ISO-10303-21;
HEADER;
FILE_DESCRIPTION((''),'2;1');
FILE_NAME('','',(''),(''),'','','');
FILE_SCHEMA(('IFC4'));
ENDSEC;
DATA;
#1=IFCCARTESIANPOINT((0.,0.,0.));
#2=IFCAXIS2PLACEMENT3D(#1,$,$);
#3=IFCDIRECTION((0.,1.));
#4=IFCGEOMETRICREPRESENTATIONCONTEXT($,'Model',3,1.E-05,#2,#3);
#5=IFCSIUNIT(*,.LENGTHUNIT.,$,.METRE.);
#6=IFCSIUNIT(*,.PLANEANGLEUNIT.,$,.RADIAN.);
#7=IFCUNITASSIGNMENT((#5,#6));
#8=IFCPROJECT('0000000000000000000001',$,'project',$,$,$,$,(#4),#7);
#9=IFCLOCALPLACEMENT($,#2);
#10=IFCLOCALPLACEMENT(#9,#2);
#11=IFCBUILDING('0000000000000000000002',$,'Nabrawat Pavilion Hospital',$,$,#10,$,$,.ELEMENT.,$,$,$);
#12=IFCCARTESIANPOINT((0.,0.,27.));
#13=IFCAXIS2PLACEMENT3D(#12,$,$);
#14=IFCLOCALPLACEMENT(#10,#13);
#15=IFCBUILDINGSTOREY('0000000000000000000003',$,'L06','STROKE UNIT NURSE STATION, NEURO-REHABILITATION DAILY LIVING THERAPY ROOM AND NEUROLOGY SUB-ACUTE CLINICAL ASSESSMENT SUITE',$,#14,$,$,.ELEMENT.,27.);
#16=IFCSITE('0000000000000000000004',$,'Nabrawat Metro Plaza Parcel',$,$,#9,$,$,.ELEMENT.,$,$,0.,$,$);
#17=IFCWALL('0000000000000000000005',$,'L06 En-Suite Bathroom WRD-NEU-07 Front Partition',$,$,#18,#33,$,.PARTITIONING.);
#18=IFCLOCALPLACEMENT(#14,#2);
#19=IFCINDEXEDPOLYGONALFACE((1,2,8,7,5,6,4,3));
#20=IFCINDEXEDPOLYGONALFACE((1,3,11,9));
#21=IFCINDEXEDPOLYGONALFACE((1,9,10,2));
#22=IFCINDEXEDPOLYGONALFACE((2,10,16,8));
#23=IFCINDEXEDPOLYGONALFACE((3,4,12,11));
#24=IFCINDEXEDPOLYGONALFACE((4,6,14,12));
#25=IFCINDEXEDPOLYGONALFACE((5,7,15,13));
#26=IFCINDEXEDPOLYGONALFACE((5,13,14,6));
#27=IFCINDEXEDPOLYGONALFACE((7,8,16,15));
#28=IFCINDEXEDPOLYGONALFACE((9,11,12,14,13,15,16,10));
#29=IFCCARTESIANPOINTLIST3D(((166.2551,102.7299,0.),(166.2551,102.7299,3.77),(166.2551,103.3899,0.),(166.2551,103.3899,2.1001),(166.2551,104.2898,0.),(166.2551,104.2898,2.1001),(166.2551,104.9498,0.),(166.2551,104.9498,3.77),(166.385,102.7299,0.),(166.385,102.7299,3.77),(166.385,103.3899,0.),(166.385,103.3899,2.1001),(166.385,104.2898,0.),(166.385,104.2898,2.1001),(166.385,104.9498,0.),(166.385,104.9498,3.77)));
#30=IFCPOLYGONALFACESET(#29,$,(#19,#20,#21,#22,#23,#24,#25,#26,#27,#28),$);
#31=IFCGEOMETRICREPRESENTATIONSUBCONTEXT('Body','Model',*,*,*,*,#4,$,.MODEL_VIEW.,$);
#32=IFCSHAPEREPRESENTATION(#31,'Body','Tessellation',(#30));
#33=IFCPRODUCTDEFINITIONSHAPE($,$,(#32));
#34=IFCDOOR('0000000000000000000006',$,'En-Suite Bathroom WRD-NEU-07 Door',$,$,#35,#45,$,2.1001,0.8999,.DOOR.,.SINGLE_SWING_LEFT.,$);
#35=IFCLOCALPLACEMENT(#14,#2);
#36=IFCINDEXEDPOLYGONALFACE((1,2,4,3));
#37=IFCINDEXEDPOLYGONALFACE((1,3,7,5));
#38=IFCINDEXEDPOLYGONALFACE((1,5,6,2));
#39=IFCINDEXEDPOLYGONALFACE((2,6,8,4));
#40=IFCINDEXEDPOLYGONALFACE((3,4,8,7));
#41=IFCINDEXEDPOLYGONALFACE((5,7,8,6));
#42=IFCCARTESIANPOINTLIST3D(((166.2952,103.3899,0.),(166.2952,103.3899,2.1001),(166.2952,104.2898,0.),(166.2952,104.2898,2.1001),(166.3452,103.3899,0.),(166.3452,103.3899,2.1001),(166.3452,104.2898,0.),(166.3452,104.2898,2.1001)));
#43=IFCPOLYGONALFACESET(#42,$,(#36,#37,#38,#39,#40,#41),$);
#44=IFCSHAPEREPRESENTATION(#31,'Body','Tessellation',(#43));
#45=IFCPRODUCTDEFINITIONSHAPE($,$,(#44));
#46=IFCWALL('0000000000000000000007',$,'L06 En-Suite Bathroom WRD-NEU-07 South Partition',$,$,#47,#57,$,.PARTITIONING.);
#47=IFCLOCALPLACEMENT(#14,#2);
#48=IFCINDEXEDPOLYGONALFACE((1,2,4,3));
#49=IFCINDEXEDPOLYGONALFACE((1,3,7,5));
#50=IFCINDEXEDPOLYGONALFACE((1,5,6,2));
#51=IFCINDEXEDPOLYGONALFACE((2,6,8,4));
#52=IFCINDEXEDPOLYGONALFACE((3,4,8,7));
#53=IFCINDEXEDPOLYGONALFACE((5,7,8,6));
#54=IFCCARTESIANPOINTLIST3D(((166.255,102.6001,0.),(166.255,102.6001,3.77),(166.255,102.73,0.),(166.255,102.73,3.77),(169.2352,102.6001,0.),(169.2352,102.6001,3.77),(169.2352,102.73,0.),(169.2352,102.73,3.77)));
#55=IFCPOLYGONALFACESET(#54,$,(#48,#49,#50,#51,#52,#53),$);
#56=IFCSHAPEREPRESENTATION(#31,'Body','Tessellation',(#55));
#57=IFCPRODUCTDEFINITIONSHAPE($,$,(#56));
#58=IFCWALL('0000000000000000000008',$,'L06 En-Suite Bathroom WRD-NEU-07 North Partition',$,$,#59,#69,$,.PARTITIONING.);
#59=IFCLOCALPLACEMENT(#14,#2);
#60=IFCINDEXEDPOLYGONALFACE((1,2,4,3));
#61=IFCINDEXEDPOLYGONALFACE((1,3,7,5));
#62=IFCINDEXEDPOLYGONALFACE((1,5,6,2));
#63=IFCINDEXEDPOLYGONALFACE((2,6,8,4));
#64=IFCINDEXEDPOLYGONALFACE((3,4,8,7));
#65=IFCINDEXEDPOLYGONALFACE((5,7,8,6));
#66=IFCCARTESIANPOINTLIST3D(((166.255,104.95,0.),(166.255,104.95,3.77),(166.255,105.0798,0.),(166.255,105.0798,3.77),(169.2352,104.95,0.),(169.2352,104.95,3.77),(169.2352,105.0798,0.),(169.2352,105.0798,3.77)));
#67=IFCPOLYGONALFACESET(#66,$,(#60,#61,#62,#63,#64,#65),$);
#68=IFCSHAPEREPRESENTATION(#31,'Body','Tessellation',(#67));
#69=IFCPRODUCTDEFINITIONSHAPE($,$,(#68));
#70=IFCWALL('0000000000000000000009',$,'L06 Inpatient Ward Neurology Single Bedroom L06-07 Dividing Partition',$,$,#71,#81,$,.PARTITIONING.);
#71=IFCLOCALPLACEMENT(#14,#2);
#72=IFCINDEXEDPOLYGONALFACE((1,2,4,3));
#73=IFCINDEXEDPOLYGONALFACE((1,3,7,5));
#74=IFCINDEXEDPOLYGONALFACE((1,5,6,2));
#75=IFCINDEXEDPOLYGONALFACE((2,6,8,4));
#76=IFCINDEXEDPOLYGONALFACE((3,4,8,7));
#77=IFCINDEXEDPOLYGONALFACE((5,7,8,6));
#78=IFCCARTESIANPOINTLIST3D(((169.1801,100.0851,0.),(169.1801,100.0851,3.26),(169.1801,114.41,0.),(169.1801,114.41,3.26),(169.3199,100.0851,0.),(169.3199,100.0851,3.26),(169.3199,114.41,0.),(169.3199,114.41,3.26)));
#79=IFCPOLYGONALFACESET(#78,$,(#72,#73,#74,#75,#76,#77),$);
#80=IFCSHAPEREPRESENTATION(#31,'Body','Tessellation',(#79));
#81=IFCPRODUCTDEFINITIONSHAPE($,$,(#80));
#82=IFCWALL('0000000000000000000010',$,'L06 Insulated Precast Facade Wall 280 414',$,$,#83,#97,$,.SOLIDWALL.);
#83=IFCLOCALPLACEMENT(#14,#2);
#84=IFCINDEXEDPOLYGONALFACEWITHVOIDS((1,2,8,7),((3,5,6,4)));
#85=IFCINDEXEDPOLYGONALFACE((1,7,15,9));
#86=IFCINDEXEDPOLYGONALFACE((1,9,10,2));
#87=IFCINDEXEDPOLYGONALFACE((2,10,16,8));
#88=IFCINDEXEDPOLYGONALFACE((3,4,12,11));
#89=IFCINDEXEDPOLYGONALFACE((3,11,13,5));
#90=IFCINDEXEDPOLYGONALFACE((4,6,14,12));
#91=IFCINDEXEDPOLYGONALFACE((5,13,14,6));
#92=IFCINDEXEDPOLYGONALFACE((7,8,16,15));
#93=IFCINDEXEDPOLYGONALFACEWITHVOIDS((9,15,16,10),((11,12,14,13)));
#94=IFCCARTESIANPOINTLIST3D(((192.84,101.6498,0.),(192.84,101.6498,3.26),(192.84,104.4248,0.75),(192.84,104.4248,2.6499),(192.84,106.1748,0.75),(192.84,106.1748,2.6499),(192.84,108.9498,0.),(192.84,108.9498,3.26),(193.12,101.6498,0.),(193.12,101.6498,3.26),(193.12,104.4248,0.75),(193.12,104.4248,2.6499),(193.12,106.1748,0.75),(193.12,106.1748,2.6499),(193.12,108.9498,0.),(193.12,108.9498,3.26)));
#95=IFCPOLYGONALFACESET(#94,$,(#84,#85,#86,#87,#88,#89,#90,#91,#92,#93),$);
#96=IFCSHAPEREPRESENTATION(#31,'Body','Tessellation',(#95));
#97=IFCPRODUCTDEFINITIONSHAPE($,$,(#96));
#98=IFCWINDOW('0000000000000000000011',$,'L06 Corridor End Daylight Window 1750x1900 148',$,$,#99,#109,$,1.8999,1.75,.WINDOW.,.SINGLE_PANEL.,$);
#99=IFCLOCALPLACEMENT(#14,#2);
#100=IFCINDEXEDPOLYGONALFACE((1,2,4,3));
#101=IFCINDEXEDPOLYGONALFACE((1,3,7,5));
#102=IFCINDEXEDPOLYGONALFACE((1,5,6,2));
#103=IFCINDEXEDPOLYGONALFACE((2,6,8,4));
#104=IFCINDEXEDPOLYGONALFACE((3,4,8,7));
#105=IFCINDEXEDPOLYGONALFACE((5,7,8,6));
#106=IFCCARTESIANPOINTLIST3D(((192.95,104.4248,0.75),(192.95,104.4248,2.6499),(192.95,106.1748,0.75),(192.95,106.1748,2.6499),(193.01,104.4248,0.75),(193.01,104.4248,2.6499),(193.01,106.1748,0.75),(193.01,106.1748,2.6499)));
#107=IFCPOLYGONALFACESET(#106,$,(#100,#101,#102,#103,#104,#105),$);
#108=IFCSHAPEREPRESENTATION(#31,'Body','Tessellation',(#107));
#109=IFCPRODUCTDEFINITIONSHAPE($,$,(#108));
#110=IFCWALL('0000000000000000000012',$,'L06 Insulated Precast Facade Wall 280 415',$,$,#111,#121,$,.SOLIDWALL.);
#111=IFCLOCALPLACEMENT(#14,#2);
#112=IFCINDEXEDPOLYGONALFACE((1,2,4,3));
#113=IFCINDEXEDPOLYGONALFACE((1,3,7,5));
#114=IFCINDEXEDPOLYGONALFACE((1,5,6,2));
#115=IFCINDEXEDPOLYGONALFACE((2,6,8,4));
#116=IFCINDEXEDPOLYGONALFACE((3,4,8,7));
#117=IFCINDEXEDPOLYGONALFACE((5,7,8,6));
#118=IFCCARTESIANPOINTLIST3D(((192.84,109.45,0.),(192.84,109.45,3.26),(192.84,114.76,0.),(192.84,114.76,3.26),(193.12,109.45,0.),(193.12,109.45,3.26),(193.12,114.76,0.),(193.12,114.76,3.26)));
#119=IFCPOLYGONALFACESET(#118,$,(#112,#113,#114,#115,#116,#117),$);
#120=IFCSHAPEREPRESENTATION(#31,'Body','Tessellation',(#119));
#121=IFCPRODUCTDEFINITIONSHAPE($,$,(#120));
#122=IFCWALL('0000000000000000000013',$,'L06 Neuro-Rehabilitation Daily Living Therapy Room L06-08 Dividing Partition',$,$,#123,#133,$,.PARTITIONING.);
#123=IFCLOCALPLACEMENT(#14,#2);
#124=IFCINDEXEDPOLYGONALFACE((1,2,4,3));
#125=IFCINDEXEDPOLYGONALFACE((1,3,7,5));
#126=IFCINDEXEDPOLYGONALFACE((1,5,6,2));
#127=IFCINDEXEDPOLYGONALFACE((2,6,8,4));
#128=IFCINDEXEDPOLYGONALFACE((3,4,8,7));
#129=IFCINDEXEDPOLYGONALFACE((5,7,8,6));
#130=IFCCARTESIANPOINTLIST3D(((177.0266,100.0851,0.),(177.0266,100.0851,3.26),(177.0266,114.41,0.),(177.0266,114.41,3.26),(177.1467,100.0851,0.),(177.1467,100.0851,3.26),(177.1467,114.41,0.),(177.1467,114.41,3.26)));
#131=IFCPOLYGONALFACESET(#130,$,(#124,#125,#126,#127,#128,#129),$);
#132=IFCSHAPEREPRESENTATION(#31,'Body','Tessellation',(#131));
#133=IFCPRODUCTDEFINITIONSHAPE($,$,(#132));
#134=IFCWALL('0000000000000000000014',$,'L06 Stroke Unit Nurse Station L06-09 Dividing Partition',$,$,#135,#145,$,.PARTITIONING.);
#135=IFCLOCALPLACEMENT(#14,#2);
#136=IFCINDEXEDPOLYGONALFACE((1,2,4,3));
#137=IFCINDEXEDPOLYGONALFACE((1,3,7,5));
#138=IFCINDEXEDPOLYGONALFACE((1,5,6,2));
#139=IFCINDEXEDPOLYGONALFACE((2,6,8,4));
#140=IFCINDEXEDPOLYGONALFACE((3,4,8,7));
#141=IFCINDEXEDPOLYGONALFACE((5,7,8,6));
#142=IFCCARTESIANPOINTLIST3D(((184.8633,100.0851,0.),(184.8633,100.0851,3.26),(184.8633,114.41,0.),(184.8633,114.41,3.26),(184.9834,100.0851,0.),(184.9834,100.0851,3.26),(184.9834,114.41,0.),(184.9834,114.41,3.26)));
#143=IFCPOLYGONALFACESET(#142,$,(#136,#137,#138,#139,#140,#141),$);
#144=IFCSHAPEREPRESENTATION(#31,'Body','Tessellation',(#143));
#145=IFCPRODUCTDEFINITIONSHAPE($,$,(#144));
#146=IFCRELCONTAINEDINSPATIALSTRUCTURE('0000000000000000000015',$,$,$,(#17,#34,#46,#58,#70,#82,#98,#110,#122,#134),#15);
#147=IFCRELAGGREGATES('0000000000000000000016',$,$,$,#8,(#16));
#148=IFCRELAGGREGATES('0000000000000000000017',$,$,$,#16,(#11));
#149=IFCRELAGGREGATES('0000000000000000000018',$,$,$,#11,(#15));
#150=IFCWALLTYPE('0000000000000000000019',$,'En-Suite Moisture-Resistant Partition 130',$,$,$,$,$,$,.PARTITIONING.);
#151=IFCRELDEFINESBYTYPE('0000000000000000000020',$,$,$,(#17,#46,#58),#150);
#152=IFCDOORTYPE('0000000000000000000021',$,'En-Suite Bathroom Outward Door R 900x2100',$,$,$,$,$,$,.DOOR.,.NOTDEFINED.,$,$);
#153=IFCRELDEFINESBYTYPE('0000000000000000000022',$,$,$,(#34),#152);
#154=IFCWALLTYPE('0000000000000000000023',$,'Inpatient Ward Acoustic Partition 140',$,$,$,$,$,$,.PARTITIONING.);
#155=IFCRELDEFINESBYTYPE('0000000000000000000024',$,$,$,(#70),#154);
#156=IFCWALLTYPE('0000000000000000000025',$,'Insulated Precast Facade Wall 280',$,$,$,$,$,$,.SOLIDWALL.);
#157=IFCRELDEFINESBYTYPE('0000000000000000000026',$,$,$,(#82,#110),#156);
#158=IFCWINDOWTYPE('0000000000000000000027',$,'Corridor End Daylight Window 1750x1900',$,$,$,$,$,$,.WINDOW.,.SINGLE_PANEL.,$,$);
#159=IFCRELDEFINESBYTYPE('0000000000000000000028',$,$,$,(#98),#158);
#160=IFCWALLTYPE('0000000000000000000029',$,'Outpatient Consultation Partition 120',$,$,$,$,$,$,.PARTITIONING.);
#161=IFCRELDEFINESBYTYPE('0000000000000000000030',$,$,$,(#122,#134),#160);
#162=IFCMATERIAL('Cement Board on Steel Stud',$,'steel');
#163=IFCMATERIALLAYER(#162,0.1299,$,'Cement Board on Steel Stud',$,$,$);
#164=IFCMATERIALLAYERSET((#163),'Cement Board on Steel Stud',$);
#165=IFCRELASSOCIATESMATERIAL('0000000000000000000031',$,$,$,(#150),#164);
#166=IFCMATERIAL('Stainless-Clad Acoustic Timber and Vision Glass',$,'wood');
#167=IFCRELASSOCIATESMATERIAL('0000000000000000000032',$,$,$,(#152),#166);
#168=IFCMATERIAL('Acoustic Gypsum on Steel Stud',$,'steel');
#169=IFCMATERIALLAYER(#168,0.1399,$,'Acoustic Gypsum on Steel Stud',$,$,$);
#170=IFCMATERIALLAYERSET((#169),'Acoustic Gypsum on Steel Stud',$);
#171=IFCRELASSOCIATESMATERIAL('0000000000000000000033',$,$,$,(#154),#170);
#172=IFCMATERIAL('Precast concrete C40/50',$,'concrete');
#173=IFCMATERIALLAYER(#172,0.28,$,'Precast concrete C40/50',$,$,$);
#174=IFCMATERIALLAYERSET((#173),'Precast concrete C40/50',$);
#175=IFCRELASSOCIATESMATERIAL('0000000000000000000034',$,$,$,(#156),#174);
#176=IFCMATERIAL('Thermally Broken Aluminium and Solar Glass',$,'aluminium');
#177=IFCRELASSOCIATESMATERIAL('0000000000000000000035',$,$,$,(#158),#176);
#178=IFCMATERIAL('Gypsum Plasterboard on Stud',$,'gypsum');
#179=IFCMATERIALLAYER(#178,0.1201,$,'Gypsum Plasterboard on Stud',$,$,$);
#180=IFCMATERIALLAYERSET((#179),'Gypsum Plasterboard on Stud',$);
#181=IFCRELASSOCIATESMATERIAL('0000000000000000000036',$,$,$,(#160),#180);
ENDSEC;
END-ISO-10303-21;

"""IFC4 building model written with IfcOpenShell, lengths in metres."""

from ifc_helpers import new_model, si_unit, direction, frame, frame_2d, origin, place, context, subcontext, project, spatial, rectangle, extrude, material, layer, layer_set, type_object, element, fill, save


model = new_model("IFC4")

# Units and contexts
model_context = context("Model", 3, precision=1e-05, world=origin(), true_north=direction((0.0, 1.0)))
body_context = subcontext(model_context, "Body", "Model", "MODEL_VIEW")
ifc_project = project(units=[si_unit("LENGTHUNIT", "METRE"), si_unit("PLANEANGLEUNIT", "RADIAN")], contexts=[model_context])

# Site, building, storey
site_placement = place(None, origin())
site = spatial("IfcSite", under=ifc_project, at=site_placement, Name="Nabrawat Metro Plaza Parcel", CompositionType="ELEMENT", RefElevation=0.0)
building_placement = place(site_placement, origin())
building = spatial("IfcBuilding", under=site, at=building_placement, Name="Nabrawat Pavilion Hospital", CompositionType="ELEMENT")
storey_placement = place(building_placement, frame((0.0, 0.0, 27.0)))
storey = spatial("IfcBuildingStorey", under=building, at=storey_placement, Name="L06", Description="STROKE UNIT NURSE STATION, NEURO-REHABILITATION DAILY LIVING THERAPY ROOM AND NEUROLOGY SUB-ACUTE CLINICAL ASSESSMENT SUITE", CompositionType="ELEMENT", Elevation=27.0)

# Wall, opening, door
ifc_material_1 = material(Name="Stainless-Clad Acoustic Timber and Vision Glass", Category="wood")
ifc_material_2 = material(Name="Cement Board on Steel Stud", Category="steel")
ifc_layer_1 = layer(ifc_material_2, 0.1299, Name="Cement Board on Steel Stud")
ifc_layer_set_1 = layer_set([ifc_layer_1], Name="Cement Board on Steel Stud")
wall_type_1 = type_object("IfcWallType", Name="En-Suite Moisture-Resistant Partition 130", PredefinedType="PARTITIONING", material=ifc_layer_set_1)
wall_1_placement = place(storey_placement, frame((166.3201, 102.73, 0.0), z_axis=(0.0, 0.0, 1.0), x_axis=(0.0, 1.0, 0.0)))
wall_1 = element("IfcWall", 1, at=wall_1_placement, inside=storey, type_object=wall_type_1, Name="L06 En-Suite Bathroom WRD-NEU-07 Front Partition", PredefinedType="PARTITIONING", context=body_context, shape_type="SweptSolid", body=[
    extrude(rectangle(XDim=2.22, YDim=0.1299, at=frame_2d((1.1099, 0.0))), origin(), (0.0, 0.0, 1.0), 3.77),
])
opening_1_placement = place(wall_1_placement, frame((0.6599, 0.0, 0.0)))
opening_1 = element("IfcOpeningElement", 2, at=opening_1_placement, cuts=wall_1, PredefinedType="OPENING", context=body_context, shape_type="SweptSolid", body=[
    extrude(rectangle(XDim=0.8999, YDim=2.1001, at=frame_2d((0.45, 1.05))), frame((0.0, 0.075, 0.0), z_axis=(0.0, -1.0, 0.0), x_axis=(1.0, 0.0, 0.0)), (0.0, 0.0, 1.0), 0.1499),
])
door_type_1 = type_object("IfcDoorType", Name="En-Suite Bathroom Outward Door R 900x2100", OperationType="NOTDEFINED", PredefinedType="DOOR", material=ifc_material_1)
door_1_placement = place(opening_1_placement, origin())
door_1 = element("IfcDoor", 3, at=door_1_placement, inside=storey, type_object=door_type_1, Name="En-Suite Bathroom WRD-NEU-07 Door", OperationType="SINGLE_SWING_LEFT", OverallHeight=2.1001, OverallWidth=0.8999, PredefinedType="DOOR", context=body_context, shape_type="SweptSolid", body=[
    extrude(rectangle(XDim=0.8999, YDim=2.1001, at=frame_2d((0.45, 1.05))), frame((0.0, 0.0249, 0.0), z_axis=(0.0, -1.0, 0.0), x_axis=(1.0, 0.0, 0.0)), (0.0, 0.0, 1.0), 0.05),
])
fill(opening_1, door_1)

# Walls
for number, where, z_axis, x_axis, name in (
    (4, (166.2549, 102.665, 0.0), (0.0, 0.0, 1.0), (1.0, 0.0, 0.0), "L06 En-Suite Bathroom WRD-NEU-07 South Partition"),
    (5, (166.2549, 105.0149, 0.0), (0.0, 0.0, 1.0), (1.0, 0.0, 0.0), "L06 En-Suite Bathroom WRD-NEU-07 North Partition"),
):
    element("IfcWall", number, at=place(storey_placement, frame(where, z_axis=z_axis, x_axis=x_axis)), inside=storey, type_object=wall_type_1, Name=name, PredefinedType="PARTITIONING", context=body_context, shape_type="SweptSolid", body=[
        extrude(rectangle(XDim=2.9802, YDim=0.1299, at=frame_2d((1.4902, 0.0))), origin(), (0.0, 0.0, 1.0), 3.77),
    ])
ifc_material_3 = material(Name="Acoustic Gypsum on Steel Stud", Category="steel")
ifc_layer_2 = layer(ifc_material_3, 0.1399, Name="Acoustic Gypsum on Steel Stud")
ifc_layer_set_2 = layer_set([ifc_layer_2], Name="Acoustic Gypsum on Steel Stud")
wall_type_2 = type_object("IfcWallType", Name="Inpatient Ward Acoustic Partition 140", PredefinedType="PARTITIONING", material=ifc_layer_set_2)
wall_2_placement = place(storey_placement, frame((169.25, 100.085, 0.0), z_axis=(0.0, 0.0, 1.0), x_axis=(0.0, 1.0, 0.0)))
element("IfcWall", 6, at=wall_2_placement, inside=storey, type_object=wall_type_2, Name="L06 Inpatient Ward Neurology Single Bedroom L06-07 Dividing Partition", PredefinedType="PARTITIONING", context=body_context, shape_type="SweptSolid", body=[
    extrude(rectangle(XDim=14.325, YDim=0.1399, at=frame_2d((7.1626, 0.0))), origin(), (0.0, 0.0, 1.0), 3.26),
])

# Wall, opening, window
ifc_material_4 = material(Name="Precast concrete C40/50", Category="concrete")
ifc_layer_3 = layer(ifc_material_4, 0.28, Name="Precast concrete C40/50")
ifc_layer_set_3 = layer_set([ifc_layer_3], Name="Precast concrete C40/50")
wall_type_3 = type_object("IfcWallType", Name="Insulated Precast Facade Wall 280", PredefinedType="SOLIDWALL", material=ifc_layer_set_3)
wall_3_placement = place(storey_placement, frame((192.98, 101.6499, 0.0), z_axis=(0.0, 0.0, 1.0), x_axis=(0.0, 1.0, 0.0)))
wall_3 = element("IfcWall", 7, at=wall_3_placement, inside=storey, type_object=wall_type_3, Name="L06 Insulated Precast Facade Wall 280 414", PredefinedType="SOLIDWALL", context=body_context, shape_type="SweptSolid", body=[
    extrude(rectangle(XDim=7.3, YDim=0.28, at=frame_2d((3.6499, 0.0))), origin(), (0.0, 0.0, 1.0), 3.26),
])
opening_2_placement = place(wall_3_placement, frame((2.7749, 0.0, 0.75)))
opening_2 = element("IfcOpeningElement", 8, at=opening_2_placement, cuts=wall_3, PredefinedType="OPENING", context=body_context, shape_type="SweptSolid", body=[
    extrude(rectangle(XDim=1.75, YDim=1.8999, at=frame_2d((0.875, 0.95))), frame((0.0, 0.1499, 0.0), z_axis=(0.0, -1.0, 0.0), x_axis=(1.0, 0.0, 0.0)), (0.0, 0.0, 1.0), 0.3),
])
ifc_material_5 = material(Name="Thermally Broken Aluminium and Solar Glass", Category="aluminium")
window_type = type_object("IfcWindowType", Name="Corridor End Daylight Window 1750x1900", PartitioningType="SINGLE_PANEL", PredefinedType="WINDOW", material=ifc_material_5)
window_placement = place(opening_2_placement, origin())
window = element("IfcWindow", 9, at=window_placement, inside=storey, type_object=window_type, Name="L06 Corridor End Daylight Window 1750x1900 148", OverallHeight=1.8999, OverallWidth=1.75, PartitioningType="SINGLE_PANEL", PredefinedType="WINDOW", context=body_context, shape_type="SweptSolid", body=[
    extrude(rectangle(XDim=1.75, YDim=1.8999, at=frame_2d((0.875, 0.95))), frame((0.0, 0.03, 0.0), z_axis=(0.0, -1.0, 0.0), x_axis=(1.0, 0.0, 0.0)), (0.0, 0.0, 1.0), 0.0601),
])
fill(opening_2, window)

# Walls
wall_4_placement = place(storey_placement, frame((192.98, 109.45, 0.0), z_axis=(0.0, 0.0, 1.0), x_axis=(0.0, 1.0, 0.0)))
element("IfcWall", 10, at=wall_4_placement, inside=storey, type_object=wall_type_3, Name="L06 Insulated Precast Facade Wall 280 415", PredefinedType="SOLIDWALL", context=body_context, shape_type="SweptSolid", body=[
    extrude(rectangle(XDim=5.3101, YDim=0.28, at=frame_2d((2.655, 0.0))), origin(), (0.0, 0.0, 1.0), 3.26),
])
ifc_material_6 = material(Name="Gypsum Plasterboard on Stud", Category="gypsum")
ifc_layer_4 = layer(ifc_material_6, 0.1201, Name="Gypsum Plasterboard on Stud")
ifc_layer_set_4 = layer_set([ifc_layer_4], Name="Gypsum Plasterboard on Stud")
wall_type_4 = type_object("IfcWallType", Name="Outpatient Consultation Partition 120", PredefinedType="PARTITIONING", material=ifc_layer_set_4)
for number, where, z_axis, x_axis, name in (
    (11, (177.0867, 100.085, 0.0), (0.0, 0.0, 1.0), (0.0, 1.0, 0.0), "L06 Neuro-Rehabilitation Daily Living Therapy Room L06-08 Dividing Partition"),
    (12, (184.9233, 100.085, 0.0), (0.0, 0.0, 1.0), (0.0, 1.0, 0.0), "L06 Stroke Unit Nurse Station L06-09 Dividing Partition"),
):
    element("IfcWall", number, at=place(storey_placement, frame(where, z_axis=z_axis, x_axis=x_axis)), inside=storey, type_object=wall_type_4, Name=name, PredefinedType="PARTITIONING", context=body_context, shape_type="SweptSolid", body=[
        extrude(rectangle(XDim=14.325, YDim=0.1201, at=frame_2d((7.1626, 0.0))), origin(), (0.0, 0.0, 1.0), 3.26),
    ])

save(model, "model.ifc")
